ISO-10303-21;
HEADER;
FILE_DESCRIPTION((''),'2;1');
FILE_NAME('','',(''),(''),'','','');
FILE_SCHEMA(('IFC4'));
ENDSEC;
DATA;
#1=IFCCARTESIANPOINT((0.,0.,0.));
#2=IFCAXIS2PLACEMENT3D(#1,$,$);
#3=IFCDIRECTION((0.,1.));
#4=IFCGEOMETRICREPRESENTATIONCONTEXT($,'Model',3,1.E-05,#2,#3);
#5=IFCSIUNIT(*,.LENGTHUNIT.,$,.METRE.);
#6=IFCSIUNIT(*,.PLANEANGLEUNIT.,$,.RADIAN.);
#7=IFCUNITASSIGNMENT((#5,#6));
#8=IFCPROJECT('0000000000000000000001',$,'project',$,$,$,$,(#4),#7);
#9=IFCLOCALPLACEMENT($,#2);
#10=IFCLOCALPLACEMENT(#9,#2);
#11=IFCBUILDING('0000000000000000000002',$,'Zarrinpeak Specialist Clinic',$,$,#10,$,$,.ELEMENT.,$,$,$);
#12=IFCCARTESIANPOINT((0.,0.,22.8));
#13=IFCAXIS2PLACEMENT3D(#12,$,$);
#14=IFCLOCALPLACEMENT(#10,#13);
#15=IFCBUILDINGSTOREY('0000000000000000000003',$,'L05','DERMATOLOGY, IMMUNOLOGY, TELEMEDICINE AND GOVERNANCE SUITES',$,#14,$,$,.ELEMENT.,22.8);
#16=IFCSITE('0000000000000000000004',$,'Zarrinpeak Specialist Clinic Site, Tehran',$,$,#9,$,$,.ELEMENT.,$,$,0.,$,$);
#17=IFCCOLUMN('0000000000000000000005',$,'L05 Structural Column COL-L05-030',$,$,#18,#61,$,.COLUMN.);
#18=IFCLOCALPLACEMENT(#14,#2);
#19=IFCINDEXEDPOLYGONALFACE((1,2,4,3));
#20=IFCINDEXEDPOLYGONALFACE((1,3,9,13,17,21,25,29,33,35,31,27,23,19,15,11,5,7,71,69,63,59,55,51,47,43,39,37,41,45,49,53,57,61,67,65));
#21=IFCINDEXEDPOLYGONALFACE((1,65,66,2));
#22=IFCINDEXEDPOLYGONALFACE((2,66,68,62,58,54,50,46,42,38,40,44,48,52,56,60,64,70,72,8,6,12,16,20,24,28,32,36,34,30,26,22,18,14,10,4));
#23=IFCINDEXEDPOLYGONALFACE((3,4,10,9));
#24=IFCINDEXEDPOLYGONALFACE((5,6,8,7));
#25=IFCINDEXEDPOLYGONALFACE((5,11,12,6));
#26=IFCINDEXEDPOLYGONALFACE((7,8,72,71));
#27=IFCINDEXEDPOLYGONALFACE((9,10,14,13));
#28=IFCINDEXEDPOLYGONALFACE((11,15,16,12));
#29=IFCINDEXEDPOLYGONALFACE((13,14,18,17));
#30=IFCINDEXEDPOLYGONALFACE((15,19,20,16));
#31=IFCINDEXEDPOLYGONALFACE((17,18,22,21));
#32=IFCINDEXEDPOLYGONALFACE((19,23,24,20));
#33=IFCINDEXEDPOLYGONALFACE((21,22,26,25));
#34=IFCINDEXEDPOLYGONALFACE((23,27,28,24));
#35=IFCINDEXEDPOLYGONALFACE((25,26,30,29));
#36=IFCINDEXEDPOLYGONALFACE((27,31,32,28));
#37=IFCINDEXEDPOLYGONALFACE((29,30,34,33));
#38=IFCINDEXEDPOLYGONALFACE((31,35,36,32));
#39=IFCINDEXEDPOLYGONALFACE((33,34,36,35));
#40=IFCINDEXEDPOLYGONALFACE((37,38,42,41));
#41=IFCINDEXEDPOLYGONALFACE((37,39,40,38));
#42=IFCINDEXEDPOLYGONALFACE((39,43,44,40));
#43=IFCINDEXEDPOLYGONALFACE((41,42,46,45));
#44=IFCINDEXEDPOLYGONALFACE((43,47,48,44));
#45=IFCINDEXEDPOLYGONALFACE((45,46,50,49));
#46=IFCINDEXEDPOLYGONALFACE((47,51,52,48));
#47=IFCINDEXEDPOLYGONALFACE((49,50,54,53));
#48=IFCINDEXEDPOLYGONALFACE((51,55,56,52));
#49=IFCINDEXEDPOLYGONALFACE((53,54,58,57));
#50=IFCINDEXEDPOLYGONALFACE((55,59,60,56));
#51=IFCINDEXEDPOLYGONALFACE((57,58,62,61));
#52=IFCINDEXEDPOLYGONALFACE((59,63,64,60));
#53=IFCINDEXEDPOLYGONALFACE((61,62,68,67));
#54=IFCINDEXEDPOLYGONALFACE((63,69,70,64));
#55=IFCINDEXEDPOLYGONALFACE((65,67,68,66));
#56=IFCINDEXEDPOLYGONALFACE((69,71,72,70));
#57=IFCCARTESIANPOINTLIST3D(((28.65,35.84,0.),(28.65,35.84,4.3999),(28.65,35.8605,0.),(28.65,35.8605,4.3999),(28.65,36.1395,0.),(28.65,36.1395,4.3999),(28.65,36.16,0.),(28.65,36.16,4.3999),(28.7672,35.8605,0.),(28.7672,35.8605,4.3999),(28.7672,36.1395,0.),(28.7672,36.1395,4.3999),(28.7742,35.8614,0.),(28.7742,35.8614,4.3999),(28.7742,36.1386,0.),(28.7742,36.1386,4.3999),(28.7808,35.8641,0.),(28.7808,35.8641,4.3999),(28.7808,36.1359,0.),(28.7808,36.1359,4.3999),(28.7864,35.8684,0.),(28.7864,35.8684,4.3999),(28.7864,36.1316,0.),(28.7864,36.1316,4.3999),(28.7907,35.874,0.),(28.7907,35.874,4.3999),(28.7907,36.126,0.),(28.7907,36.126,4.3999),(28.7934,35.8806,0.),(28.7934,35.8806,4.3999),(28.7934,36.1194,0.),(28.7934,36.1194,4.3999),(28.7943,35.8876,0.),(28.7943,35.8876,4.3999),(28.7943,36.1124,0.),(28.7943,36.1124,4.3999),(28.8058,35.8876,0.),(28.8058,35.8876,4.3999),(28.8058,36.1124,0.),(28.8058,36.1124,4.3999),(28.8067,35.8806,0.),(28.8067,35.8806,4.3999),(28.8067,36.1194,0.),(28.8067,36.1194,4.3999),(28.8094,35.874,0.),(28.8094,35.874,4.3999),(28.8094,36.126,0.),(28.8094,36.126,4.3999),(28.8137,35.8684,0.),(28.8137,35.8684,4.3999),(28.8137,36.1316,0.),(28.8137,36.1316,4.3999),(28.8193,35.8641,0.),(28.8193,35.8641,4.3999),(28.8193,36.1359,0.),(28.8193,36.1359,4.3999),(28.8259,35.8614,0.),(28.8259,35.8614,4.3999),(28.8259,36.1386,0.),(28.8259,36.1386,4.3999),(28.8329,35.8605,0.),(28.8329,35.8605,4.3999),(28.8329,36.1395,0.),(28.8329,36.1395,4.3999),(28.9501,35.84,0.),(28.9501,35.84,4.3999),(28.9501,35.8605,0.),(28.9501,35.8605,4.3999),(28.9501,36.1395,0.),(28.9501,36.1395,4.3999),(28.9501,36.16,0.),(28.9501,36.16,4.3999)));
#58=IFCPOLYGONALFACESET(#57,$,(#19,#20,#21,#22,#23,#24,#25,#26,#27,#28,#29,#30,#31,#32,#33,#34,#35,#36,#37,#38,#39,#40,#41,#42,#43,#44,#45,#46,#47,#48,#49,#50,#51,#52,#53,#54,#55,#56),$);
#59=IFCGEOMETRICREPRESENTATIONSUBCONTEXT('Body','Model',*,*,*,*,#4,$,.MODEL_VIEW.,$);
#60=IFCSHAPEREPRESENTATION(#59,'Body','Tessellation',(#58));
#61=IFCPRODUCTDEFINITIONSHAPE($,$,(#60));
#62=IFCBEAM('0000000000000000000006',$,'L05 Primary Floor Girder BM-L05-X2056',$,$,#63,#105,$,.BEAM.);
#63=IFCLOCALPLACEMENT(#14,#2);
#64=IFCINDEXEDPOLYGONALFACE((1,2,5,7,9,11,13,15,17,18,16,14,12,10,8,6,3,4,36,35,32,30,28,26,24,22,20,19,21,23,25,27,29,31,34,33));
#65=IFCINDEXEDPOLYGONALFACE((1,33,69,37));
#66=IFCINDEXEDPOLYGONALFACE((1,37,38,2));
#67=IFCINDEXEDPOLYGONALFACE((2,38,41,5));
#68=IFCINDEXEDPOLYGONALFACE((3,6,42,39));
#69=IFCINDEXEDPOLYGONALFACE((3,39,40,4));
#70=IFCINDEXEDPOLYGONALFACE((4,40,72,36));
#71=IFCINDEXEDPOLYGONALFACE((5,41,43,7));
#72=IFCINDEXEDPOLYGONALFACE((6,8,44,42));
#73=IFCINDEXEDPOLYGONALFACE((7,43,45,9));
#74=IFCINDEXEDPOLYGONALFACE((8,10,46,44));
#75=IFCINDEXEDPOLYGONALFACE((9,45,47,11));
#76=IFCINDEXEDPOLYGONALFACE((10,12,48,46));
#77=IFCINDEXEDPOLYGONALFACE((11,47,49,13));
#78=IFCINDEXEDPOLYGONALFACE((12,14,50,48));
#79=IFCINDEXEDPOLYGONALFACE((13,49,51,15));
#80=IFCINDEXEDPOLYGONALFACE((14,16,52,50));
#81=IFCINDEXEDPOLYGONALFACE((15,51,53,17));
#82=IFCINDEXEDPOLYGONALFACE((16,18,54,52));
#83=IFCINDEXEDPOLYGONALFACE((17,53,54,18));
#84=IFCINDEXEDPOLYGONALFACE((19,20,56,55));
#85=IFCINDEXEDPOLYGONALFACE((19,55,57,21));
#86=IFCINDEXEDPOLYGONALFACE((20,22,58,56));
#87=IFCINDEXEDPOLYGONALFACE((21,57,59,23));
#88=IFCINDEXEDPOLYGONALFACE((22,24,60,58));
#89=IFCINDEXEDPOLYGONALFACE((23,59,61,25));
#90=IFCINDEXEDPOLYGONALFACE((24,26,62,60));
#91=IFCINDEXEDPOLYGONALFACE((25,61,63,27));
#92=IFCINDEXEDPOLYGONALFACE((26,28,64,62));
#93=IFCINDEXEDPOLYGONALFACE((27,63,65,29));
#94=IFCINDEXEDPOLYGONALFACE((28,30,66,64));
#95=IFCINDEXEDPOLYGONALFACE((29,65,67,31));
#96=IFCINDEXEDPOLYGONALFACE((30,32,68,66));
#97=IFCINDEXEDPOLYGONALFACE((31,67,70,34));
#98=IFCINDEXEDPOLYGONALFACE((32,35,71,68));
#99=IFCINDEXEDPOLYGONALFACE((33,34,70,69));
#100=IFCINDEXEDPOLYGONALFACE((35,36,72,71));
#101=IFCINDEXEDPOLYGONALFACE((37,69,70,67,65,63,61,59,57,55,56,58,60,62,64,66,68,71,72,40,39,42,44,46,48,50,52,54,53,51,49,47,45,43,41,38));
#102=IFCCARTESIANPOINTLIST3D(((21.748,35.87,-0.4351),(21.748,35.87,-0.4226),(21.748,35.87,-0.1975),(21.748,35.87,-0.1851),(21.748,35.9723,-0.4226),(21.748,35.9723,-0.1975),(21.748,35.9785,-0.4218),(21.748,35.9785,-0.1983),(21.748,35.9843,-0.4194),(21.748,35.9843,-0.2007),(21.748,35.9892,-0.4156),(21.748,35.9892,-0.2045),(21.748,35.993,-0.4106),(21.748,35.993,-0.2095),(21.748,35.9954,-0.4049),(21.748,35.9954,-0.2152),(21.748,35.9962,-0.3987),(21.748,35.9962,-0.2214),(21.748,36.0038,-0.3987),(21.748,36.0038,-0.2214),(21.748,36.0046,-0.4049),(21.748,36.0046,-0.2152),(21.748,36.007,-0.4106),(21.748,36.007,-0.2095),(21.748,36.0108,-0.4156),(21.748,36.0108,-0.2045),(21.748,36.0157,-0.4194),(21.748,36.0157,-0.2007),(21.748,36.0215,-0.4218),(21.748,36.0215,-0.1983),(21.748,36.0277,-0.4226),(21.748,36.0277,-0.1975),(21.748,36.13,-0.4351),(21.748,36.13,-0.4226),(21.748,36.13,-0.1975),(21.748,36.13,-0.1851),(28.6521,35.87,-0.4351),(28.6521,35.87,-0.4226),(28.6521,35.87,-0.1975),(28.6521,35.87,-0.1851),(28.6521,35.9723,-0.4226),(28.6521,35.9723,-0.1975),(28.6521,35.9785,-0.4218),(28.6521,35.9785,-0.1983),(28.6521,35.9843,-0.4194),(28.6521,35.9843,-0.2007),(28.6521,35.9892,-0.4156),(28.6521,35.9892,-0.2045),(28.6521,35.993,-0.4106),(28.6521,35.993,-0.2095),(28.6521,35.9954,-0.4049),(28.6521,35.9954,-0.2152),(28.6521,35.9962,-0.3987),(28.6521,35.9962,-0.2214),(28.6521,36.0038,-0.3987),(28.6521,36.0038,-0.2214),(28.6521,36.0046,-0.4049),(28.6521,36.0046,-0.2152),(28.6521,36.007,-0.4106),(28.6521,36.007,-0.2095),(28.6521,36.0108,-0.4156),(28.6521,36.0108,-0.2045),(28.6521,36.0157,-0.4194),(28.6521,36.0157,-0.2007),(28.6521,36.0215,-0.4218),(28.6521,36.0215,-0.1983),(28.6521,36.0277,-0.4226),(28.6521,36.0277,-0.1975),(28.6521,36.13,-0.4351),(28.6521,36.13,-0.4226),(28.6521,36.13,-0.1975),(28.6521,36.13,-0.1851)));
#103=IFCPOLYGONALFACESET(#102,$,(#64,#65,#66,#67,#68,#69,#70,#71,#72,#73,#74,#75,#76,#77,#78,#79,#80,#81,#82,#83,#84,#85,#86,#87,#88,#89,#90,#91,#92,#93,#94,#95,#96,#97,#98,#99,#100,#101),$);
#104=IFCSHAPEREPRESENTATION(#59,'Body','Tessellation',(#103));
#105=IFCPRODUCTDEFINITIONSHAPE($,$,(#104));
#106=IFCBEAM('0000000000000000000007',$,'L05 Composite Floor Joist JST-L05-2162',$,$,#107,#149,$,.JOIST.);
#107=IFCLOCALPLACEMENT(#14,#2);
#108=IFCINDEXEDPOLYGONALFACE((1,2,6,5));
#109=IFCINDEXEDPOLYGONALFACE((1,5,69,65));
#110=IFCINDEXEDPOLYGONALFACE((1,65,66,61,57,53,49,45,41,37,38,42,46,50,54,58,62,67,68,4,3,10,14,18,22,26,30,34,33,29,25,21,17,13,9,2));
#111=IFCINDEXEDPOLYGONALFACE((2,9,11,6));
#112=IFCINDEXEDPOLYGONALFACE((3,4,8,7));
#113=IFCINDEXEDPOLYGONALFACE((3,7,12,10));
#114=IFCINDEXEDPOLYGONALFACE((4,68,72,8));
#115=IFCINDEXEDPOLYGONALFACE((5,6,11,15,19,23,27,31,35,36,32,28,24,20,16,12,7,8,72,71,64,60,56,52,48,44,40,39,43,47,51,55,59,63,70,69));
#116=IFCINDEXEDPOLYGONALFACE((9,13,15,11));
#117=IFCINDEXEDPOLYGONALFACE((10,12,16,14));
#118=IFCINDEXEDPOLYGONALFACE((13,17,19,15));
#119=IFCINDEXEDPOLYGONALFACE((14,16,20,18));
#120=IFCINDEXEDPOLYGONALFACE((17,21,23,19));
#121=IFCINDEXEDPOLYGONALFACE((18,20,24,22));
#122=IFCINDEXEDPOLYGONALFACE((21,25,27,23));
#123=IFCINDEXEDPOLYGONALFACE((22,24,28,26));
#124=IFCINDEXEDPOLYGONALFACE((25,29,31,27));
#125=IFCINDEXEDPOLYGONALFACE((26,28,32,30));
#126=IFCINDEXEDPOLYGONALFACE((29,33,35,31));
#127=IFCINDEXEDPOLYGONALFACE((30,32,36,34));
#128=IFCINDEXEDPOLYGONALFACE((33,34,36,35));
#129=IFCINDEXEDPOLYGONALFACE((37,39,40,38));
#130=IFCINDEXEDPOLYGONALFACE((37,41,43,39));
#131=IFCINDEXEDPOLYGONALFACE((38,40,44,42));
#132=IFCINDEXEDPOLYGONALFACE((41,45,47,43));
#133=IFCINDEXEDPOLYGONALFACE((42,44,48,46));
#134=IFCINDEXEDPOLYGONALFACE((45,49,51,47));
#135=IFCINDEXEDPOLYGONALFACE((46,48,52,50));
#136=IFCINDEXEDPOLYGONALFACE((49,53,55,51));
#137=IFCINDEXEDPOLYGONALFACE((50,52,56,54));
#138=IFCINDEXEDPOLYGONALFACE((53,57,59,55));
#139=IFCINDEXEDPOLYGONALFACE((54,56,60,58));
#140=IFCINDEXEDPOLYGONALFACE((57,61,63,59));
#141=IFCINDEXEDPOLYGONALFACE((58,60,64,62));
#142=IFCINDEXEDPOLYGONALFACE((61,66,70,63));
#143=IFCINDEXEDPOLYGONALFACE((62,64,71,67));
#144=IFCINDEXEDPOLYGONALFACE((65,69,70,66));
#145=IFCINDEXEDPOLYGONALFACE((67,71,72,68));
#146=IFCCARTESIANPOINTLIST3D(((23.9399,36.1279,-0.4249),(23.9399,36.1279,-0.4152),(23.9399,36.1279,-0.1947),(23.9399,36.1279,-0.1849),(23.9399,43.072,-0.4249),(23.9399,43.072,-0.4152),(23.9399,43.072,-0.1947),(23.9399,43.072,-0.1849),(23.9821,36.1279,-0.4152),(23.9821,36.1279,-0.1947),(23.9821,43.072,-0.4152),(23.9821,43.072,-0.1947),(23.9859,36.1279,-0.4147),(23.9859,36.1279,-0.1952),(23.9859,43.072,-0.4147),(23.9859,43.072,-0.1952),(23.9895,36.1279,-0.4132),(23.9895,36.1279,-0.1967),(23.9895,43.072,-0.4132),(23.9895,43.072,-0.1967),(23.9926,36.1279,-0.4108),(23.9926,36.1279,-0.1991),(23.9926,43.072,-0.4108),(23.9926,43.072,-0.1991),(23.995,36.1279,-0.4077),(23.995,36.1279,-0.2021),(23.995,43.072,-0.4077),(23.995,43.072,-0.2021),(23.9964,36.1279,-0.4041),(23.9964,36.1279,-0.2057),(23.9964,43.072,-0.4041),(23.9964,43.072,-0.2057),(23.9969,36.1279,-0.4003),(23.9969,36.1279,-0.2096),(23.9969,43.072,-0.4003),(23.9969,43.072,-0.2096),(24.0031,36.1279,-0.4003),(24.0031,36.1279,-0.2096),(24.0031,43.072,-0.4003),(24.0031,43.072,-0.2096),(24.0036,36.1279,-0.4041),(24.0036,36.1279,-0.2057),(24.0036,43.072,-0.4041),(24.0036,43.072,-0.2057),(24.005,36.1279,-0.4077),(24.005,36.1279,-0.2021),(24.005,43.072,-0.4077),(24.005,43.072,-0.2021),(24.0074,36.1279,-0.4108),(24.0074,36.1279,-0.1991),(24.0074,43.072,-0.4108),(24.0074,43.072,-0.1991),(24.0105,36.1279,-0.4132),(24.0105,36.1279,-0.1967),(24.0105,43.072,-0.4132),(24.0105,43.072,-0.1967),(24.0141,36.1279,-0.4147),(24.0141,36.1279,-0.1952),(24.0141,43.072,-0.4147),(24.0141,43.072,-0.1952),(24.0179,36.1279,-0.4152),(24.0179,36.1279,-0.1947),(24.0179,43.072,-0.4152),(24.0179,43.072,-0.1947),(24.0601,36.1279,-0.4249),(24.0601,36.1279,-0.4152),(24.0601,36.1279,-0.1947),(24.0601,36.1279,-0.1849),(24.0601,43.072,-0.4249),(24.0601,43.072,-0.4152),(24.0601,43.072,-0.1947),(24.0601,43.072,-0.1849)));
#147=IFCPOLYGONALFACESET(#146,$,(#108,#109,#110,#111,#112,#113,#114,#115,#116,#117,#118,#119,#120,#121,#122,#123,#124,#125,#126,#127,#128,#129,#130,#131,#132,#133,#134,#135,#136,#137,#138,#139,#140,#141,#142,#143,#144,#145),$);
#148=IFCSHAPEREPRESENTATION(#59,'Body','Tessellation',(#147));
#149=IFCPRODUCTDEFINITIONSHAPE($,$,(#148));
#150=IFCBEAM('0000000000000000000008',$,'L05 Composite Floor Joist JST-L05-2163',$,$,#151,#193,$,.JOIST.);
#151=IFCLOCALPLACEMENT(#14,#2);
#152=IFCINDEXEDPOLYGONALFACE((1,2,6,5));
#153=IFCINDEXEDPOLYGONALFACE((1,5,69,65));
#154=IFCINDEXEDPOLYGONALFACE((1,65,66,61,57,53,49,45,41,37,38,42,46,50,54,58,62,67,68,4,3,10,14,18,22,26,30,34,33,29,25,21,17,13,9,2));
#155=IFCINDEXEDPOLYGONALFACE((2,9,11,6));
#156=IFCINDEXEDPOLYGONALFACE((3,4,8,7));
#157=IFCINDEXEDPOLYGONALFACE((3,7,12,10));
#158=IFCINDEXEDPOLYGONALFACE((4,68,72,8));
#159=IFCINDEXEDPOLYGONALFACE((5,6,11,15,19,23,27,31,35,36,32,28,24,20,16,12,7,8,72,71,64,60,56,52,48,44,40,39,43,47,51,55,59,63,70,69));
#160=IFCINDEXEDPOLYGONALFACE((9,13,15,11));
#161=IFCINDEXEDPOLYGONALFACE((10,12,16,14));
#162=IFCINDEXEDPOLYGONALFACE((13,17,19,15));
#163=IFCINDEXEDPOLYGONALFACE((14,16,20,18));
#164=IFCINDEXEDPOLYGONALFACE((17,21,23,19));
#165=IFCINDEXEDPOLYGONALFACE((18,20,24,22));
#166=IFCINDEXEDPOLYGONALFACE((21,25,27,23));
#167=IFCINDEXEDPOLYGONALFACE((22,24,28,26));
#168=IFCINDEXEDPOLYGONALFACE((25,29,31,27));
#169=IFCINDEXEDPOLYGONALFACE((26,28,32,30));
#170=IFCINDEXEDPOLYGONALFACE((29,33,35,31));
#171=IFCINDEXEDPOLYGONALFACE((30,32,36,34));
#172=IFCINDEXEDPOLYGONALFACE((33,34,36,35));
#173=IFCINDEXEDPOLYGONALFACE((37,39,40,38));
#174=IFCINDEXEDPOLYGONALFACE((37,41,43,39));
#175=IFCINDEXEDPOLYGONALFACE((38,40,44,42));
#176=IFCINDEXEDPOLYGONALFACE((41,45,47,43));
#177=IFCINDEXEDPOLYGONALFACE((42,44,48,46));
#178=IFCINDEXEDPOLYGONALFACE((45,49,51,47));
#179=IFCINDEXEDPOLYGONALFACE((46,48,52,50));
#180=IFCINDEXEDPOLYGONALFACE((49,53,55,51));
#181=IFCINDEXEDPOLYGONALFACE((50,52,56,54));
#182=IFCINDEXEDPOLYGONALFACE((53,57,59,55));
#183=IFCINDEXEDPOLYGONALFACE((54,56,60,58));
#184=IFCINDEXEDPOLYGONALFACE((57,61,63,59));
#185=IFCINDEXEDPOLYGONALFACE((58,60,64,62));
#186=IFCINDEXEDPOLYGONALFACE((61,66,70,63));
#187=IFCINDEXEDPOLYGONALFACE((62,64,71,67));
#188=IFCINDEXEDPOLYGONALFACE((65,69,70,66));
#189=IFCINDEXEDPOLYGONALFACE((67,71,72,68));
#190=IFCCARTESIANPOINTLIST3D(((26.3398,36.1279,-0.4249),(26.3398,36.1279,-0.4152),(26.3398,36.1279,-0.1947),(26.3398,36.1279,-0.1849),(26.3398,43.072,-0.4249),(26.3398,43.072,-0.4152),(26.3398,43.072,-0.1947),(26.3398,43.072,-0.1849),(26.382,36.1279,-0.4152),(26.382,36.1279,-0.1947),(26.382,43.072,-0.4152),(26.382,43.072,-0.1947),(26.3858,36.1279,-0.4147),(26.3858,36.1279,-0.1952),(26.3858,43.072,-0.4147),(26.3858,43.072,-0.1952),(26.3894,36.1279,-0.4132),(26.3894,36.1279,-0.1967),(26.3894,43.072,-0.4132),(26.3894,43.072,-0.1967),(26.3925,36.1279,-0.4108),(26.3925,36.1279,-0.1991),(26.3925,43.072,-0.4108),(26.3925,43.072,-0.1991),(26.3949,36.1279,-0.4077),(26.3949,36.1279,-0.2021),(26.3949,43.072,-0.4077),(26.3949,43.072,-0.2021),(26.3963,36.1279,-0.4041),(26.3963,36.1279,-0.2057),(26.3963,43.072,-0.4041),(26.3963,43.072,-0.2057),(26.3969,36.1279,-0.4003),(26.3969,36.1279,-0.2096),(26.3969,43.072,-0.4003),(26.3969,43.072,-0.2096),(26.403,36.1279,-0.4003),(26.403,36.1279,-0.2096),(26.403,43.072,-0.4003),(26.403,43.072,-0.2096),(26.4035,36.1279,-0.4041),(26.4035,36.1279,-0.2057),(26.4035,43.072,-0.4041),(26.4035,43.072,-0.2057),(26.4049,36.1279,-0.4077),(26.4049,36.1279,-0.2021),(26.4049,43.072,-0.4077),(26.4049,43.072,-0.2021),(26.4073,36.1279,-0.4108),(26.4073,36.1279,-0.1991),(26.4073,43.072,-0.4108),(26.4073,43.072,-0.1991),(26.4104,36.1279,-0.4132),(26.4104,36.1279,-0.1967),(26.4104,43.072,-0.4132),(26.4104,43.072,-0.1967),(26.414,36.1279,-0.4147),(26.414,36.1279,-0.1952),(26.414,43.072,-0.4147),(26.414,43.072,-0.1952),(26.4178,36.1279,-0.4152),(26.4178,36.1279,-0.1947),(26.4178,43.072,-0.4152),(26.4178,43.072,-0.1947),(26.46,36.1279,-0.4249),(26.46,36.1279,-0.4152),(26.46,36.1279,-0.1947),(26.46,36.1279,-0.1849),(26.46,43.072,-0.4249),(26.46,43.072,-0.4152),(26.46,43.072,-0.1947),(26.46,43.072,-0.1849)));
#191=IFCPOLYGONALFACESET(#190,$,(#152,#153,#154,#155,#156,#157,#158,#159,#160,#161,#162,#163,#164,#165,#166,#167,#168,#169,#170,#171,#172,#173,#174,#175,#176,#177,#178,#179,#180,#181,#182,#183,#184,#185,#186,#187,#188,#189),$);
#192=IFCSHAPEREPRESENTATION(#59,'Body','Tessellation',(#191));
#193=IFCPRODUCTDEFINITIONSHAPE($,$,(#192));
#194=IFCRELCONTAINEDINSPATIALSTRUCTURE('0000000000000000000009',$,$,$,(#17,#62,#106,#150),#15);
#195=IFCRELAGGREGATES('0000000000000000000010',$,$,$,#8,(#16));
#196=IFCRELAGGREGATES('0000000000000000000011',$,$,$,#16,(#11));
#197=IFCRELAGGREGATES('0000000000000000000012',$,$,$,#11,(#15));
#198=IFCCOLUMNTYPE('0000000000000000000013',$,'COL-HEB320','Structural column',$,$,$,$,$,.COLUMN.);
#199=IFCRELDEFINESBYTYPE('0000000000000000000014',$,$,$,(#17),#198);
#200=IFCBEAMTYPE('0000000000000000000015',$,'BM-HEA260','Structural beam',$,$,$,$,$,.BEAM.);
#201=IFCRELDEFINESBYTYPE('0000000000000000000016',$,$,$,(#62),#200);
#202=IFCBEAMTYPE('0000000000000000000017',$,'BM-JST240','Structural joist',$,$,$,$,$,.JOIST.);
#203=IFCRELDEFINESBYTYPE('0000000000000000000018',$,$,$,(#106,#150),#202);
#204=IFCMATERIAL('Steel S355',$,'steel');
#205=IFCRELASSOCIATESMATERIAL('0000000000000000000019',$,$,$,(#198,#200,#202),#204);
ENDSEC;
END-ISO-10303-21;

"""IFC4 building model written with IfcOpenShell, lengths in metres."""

from ifc_helpers import new_model, si_unit, direction, frame, origin, origin_2d, place, context, subcontext, project, spatial, i_section, extrude, material, material_profile, profile_set, type_object, element, save


model = new_model("IFC4")

# Units and contexts
model_context = context("Model", 3, precision=1e-05, world=origin(), true_north=direction((0.0, 1.0)))
body_context = subcontext(model_context, "Body", "Model", "MODEL_VIEW")
ifc_project = project(units=[si_unit("LENGTHUNIT", "METRE"), si_unit("PLANEANGLEUNIT", "RADIAN")], contexts=[model_context])

# Site, building, storey
site_placement = place(None, origin())
site = spatial("IfcSite", under=ifc_project, at=site_placement, Name="Zarrinpeak Specialist Clinic Site, Tehran", CompositionType="ELEMENT", RefElevation=0.0)
building_placement = place(site_placement, origin())
building = spatial("IfcBuilding", under=site, at=building_placement, Name="Zarrinpeak Specialist Clinic", CompositionType="ELEMENT")
storey_placement = place(building_placement, frame((0.0, 0.0, 22.8)))
storey = spatial("IfcBuildingStorey", under=building, at=storey_placement, Name="L05", Description="DERMATOLOGY, IMMUNOLOGY, TELEMEDICINE AND GOVERNANCE SUITES", CompositionType="ELEMENT", Elevation=22.8)

# Column
ifc_material_1 = material(Name="Steel S355", Category="steel")
ifc_material_profile_1 = material_profile(ifc_material_1, i_section(OverallWidth=0.3, OverallDepth=0.3201, WebThickness=0.0115, FlangeThickness=0.0205, FilletRadius=0.0271, at=origin_2d()), Name="HEB 320")
ifc_profile_set_1 = profile_set([ifc_material_profile_1], Name="Steel S355")
column_type = type_object("IfcColumnType", Name="COL-HEB320", Description="Structural column", PredefinedType="COLUMN", material=ifc_profile_set_1)
column_placement = place(storey_placement, frame((28.8, 36.0, 0.0), z_axis=(0.0, 0.0, 1.0), x_axis=(1.0, 0.0, 0.0)))
element("IfcColumn", 1, at=column_placement, inside=storey, type_object=column_type, Name="L05 Structural Column COL-L05-030", PredefinedType="COLUMN", context=body_context, shape_type="SweptSolid", body=[
    extrude(i_section(OverallWidth=0.3, OverallDepth=0.3201, WebThickness=0.0115, FlangeThickness=0.0205, FilletRadius=0.0271, at=origin_2d()), origin(), (0.0, 0.0, 1.0), 4.3999),
])

# Beams
ifc_material_profile_2 = material_profile(ifc_material_1, i_section(OverallWidth=0.26, OverallDepth=0.25, WebThickness=0.0076, FlangeThickness=0.0125, FilletRadius=0.0239, at=origin_2d()), Name="HEA 260")
ifc_profile_set_2 = profile_set([ifc_material_profile_2], Name="Steel S355")
beam_type_1 = type_object("IfcBeamType", Name="BM-HEA260", Description="Structural beam", PredefinedType="BEAM", material=ifc_profile_set_2)
beam_1_placement = place(storey_placement, frame((21.748, 36.0, -0.3101), z_axis=(1.0, 0.0, 0.0), x_axis=(0.0, 1.0, 0.0)))
element("IfcBeam", 2, at=beam_1_placement, inside=storey, type_object=beam_type_1, Name="L05 Primary Floor Girder BM-L05-X2056", PredefinedType="BEAM", context=body_context, shape_type="SweptSolid", body=[
    extrude(i_section(OverallWidth=0.26, OverallDepth=0.25, WebThickness=0.0076, FlangeThickness=0.0125, FilletRadius=0.0239, at=origin_2d()), origin(), (0.0, 0.0, 1.0), 6.9041),
])
ifc_material_profile_3 = material_profile(ifc_material_1, i_section(OverallWidth=0.1201, OverallDepth=0.24, WebThickness=0.0061, FlangeThickness=0.0098, FilletRadius=0.0149, at=origin_2d()), Name="IPE 240")
ifc_profile_set_3 = profile_set([ifc_material_profile_3], Name="Steel S355")
beam_type_2 = type_object("IfcBeamType", Name="BM-JST240", Description="Structural joist", PredefinedType="JOIST", material=ifc_profile_set_3)
for number, where, z_axis, x_axis, name in (
    (3, (24.0, 36.1279, -0.3049), (0.0, 1.0, 0.0), (-1.0, 0.0, 0.0), "L05 Composite Floor Joist JST-L05-2162"),
    (4, (26.3999, 36.1279, -0.3049), (0.0, 1.0, 0.0), (-1.0, 0.0, 0.0), "L05 Composite Floor Joist JST-L05-2163"),
):
    element("IfcBeam", number, at=place(storey_placement, frame(where, z_axis=z_axis, x_axis=x_axis)), inside=storey, type_object=beam_type_2, Name=name, PredefinedType="JOIST", context=body_context, shape_type="SweptSolid", body=[
        extrude(i_section(OverallWidth=0.1201, OverallDepth=0.24, WebThickness=0.0061, FlangeThickness=0.0098, FilletRadius=0.0149, at=origin_2d()), origin(), (0.0, 0.0, 1.0), 6.9441),
    ])

save(model, "model.ifc")
